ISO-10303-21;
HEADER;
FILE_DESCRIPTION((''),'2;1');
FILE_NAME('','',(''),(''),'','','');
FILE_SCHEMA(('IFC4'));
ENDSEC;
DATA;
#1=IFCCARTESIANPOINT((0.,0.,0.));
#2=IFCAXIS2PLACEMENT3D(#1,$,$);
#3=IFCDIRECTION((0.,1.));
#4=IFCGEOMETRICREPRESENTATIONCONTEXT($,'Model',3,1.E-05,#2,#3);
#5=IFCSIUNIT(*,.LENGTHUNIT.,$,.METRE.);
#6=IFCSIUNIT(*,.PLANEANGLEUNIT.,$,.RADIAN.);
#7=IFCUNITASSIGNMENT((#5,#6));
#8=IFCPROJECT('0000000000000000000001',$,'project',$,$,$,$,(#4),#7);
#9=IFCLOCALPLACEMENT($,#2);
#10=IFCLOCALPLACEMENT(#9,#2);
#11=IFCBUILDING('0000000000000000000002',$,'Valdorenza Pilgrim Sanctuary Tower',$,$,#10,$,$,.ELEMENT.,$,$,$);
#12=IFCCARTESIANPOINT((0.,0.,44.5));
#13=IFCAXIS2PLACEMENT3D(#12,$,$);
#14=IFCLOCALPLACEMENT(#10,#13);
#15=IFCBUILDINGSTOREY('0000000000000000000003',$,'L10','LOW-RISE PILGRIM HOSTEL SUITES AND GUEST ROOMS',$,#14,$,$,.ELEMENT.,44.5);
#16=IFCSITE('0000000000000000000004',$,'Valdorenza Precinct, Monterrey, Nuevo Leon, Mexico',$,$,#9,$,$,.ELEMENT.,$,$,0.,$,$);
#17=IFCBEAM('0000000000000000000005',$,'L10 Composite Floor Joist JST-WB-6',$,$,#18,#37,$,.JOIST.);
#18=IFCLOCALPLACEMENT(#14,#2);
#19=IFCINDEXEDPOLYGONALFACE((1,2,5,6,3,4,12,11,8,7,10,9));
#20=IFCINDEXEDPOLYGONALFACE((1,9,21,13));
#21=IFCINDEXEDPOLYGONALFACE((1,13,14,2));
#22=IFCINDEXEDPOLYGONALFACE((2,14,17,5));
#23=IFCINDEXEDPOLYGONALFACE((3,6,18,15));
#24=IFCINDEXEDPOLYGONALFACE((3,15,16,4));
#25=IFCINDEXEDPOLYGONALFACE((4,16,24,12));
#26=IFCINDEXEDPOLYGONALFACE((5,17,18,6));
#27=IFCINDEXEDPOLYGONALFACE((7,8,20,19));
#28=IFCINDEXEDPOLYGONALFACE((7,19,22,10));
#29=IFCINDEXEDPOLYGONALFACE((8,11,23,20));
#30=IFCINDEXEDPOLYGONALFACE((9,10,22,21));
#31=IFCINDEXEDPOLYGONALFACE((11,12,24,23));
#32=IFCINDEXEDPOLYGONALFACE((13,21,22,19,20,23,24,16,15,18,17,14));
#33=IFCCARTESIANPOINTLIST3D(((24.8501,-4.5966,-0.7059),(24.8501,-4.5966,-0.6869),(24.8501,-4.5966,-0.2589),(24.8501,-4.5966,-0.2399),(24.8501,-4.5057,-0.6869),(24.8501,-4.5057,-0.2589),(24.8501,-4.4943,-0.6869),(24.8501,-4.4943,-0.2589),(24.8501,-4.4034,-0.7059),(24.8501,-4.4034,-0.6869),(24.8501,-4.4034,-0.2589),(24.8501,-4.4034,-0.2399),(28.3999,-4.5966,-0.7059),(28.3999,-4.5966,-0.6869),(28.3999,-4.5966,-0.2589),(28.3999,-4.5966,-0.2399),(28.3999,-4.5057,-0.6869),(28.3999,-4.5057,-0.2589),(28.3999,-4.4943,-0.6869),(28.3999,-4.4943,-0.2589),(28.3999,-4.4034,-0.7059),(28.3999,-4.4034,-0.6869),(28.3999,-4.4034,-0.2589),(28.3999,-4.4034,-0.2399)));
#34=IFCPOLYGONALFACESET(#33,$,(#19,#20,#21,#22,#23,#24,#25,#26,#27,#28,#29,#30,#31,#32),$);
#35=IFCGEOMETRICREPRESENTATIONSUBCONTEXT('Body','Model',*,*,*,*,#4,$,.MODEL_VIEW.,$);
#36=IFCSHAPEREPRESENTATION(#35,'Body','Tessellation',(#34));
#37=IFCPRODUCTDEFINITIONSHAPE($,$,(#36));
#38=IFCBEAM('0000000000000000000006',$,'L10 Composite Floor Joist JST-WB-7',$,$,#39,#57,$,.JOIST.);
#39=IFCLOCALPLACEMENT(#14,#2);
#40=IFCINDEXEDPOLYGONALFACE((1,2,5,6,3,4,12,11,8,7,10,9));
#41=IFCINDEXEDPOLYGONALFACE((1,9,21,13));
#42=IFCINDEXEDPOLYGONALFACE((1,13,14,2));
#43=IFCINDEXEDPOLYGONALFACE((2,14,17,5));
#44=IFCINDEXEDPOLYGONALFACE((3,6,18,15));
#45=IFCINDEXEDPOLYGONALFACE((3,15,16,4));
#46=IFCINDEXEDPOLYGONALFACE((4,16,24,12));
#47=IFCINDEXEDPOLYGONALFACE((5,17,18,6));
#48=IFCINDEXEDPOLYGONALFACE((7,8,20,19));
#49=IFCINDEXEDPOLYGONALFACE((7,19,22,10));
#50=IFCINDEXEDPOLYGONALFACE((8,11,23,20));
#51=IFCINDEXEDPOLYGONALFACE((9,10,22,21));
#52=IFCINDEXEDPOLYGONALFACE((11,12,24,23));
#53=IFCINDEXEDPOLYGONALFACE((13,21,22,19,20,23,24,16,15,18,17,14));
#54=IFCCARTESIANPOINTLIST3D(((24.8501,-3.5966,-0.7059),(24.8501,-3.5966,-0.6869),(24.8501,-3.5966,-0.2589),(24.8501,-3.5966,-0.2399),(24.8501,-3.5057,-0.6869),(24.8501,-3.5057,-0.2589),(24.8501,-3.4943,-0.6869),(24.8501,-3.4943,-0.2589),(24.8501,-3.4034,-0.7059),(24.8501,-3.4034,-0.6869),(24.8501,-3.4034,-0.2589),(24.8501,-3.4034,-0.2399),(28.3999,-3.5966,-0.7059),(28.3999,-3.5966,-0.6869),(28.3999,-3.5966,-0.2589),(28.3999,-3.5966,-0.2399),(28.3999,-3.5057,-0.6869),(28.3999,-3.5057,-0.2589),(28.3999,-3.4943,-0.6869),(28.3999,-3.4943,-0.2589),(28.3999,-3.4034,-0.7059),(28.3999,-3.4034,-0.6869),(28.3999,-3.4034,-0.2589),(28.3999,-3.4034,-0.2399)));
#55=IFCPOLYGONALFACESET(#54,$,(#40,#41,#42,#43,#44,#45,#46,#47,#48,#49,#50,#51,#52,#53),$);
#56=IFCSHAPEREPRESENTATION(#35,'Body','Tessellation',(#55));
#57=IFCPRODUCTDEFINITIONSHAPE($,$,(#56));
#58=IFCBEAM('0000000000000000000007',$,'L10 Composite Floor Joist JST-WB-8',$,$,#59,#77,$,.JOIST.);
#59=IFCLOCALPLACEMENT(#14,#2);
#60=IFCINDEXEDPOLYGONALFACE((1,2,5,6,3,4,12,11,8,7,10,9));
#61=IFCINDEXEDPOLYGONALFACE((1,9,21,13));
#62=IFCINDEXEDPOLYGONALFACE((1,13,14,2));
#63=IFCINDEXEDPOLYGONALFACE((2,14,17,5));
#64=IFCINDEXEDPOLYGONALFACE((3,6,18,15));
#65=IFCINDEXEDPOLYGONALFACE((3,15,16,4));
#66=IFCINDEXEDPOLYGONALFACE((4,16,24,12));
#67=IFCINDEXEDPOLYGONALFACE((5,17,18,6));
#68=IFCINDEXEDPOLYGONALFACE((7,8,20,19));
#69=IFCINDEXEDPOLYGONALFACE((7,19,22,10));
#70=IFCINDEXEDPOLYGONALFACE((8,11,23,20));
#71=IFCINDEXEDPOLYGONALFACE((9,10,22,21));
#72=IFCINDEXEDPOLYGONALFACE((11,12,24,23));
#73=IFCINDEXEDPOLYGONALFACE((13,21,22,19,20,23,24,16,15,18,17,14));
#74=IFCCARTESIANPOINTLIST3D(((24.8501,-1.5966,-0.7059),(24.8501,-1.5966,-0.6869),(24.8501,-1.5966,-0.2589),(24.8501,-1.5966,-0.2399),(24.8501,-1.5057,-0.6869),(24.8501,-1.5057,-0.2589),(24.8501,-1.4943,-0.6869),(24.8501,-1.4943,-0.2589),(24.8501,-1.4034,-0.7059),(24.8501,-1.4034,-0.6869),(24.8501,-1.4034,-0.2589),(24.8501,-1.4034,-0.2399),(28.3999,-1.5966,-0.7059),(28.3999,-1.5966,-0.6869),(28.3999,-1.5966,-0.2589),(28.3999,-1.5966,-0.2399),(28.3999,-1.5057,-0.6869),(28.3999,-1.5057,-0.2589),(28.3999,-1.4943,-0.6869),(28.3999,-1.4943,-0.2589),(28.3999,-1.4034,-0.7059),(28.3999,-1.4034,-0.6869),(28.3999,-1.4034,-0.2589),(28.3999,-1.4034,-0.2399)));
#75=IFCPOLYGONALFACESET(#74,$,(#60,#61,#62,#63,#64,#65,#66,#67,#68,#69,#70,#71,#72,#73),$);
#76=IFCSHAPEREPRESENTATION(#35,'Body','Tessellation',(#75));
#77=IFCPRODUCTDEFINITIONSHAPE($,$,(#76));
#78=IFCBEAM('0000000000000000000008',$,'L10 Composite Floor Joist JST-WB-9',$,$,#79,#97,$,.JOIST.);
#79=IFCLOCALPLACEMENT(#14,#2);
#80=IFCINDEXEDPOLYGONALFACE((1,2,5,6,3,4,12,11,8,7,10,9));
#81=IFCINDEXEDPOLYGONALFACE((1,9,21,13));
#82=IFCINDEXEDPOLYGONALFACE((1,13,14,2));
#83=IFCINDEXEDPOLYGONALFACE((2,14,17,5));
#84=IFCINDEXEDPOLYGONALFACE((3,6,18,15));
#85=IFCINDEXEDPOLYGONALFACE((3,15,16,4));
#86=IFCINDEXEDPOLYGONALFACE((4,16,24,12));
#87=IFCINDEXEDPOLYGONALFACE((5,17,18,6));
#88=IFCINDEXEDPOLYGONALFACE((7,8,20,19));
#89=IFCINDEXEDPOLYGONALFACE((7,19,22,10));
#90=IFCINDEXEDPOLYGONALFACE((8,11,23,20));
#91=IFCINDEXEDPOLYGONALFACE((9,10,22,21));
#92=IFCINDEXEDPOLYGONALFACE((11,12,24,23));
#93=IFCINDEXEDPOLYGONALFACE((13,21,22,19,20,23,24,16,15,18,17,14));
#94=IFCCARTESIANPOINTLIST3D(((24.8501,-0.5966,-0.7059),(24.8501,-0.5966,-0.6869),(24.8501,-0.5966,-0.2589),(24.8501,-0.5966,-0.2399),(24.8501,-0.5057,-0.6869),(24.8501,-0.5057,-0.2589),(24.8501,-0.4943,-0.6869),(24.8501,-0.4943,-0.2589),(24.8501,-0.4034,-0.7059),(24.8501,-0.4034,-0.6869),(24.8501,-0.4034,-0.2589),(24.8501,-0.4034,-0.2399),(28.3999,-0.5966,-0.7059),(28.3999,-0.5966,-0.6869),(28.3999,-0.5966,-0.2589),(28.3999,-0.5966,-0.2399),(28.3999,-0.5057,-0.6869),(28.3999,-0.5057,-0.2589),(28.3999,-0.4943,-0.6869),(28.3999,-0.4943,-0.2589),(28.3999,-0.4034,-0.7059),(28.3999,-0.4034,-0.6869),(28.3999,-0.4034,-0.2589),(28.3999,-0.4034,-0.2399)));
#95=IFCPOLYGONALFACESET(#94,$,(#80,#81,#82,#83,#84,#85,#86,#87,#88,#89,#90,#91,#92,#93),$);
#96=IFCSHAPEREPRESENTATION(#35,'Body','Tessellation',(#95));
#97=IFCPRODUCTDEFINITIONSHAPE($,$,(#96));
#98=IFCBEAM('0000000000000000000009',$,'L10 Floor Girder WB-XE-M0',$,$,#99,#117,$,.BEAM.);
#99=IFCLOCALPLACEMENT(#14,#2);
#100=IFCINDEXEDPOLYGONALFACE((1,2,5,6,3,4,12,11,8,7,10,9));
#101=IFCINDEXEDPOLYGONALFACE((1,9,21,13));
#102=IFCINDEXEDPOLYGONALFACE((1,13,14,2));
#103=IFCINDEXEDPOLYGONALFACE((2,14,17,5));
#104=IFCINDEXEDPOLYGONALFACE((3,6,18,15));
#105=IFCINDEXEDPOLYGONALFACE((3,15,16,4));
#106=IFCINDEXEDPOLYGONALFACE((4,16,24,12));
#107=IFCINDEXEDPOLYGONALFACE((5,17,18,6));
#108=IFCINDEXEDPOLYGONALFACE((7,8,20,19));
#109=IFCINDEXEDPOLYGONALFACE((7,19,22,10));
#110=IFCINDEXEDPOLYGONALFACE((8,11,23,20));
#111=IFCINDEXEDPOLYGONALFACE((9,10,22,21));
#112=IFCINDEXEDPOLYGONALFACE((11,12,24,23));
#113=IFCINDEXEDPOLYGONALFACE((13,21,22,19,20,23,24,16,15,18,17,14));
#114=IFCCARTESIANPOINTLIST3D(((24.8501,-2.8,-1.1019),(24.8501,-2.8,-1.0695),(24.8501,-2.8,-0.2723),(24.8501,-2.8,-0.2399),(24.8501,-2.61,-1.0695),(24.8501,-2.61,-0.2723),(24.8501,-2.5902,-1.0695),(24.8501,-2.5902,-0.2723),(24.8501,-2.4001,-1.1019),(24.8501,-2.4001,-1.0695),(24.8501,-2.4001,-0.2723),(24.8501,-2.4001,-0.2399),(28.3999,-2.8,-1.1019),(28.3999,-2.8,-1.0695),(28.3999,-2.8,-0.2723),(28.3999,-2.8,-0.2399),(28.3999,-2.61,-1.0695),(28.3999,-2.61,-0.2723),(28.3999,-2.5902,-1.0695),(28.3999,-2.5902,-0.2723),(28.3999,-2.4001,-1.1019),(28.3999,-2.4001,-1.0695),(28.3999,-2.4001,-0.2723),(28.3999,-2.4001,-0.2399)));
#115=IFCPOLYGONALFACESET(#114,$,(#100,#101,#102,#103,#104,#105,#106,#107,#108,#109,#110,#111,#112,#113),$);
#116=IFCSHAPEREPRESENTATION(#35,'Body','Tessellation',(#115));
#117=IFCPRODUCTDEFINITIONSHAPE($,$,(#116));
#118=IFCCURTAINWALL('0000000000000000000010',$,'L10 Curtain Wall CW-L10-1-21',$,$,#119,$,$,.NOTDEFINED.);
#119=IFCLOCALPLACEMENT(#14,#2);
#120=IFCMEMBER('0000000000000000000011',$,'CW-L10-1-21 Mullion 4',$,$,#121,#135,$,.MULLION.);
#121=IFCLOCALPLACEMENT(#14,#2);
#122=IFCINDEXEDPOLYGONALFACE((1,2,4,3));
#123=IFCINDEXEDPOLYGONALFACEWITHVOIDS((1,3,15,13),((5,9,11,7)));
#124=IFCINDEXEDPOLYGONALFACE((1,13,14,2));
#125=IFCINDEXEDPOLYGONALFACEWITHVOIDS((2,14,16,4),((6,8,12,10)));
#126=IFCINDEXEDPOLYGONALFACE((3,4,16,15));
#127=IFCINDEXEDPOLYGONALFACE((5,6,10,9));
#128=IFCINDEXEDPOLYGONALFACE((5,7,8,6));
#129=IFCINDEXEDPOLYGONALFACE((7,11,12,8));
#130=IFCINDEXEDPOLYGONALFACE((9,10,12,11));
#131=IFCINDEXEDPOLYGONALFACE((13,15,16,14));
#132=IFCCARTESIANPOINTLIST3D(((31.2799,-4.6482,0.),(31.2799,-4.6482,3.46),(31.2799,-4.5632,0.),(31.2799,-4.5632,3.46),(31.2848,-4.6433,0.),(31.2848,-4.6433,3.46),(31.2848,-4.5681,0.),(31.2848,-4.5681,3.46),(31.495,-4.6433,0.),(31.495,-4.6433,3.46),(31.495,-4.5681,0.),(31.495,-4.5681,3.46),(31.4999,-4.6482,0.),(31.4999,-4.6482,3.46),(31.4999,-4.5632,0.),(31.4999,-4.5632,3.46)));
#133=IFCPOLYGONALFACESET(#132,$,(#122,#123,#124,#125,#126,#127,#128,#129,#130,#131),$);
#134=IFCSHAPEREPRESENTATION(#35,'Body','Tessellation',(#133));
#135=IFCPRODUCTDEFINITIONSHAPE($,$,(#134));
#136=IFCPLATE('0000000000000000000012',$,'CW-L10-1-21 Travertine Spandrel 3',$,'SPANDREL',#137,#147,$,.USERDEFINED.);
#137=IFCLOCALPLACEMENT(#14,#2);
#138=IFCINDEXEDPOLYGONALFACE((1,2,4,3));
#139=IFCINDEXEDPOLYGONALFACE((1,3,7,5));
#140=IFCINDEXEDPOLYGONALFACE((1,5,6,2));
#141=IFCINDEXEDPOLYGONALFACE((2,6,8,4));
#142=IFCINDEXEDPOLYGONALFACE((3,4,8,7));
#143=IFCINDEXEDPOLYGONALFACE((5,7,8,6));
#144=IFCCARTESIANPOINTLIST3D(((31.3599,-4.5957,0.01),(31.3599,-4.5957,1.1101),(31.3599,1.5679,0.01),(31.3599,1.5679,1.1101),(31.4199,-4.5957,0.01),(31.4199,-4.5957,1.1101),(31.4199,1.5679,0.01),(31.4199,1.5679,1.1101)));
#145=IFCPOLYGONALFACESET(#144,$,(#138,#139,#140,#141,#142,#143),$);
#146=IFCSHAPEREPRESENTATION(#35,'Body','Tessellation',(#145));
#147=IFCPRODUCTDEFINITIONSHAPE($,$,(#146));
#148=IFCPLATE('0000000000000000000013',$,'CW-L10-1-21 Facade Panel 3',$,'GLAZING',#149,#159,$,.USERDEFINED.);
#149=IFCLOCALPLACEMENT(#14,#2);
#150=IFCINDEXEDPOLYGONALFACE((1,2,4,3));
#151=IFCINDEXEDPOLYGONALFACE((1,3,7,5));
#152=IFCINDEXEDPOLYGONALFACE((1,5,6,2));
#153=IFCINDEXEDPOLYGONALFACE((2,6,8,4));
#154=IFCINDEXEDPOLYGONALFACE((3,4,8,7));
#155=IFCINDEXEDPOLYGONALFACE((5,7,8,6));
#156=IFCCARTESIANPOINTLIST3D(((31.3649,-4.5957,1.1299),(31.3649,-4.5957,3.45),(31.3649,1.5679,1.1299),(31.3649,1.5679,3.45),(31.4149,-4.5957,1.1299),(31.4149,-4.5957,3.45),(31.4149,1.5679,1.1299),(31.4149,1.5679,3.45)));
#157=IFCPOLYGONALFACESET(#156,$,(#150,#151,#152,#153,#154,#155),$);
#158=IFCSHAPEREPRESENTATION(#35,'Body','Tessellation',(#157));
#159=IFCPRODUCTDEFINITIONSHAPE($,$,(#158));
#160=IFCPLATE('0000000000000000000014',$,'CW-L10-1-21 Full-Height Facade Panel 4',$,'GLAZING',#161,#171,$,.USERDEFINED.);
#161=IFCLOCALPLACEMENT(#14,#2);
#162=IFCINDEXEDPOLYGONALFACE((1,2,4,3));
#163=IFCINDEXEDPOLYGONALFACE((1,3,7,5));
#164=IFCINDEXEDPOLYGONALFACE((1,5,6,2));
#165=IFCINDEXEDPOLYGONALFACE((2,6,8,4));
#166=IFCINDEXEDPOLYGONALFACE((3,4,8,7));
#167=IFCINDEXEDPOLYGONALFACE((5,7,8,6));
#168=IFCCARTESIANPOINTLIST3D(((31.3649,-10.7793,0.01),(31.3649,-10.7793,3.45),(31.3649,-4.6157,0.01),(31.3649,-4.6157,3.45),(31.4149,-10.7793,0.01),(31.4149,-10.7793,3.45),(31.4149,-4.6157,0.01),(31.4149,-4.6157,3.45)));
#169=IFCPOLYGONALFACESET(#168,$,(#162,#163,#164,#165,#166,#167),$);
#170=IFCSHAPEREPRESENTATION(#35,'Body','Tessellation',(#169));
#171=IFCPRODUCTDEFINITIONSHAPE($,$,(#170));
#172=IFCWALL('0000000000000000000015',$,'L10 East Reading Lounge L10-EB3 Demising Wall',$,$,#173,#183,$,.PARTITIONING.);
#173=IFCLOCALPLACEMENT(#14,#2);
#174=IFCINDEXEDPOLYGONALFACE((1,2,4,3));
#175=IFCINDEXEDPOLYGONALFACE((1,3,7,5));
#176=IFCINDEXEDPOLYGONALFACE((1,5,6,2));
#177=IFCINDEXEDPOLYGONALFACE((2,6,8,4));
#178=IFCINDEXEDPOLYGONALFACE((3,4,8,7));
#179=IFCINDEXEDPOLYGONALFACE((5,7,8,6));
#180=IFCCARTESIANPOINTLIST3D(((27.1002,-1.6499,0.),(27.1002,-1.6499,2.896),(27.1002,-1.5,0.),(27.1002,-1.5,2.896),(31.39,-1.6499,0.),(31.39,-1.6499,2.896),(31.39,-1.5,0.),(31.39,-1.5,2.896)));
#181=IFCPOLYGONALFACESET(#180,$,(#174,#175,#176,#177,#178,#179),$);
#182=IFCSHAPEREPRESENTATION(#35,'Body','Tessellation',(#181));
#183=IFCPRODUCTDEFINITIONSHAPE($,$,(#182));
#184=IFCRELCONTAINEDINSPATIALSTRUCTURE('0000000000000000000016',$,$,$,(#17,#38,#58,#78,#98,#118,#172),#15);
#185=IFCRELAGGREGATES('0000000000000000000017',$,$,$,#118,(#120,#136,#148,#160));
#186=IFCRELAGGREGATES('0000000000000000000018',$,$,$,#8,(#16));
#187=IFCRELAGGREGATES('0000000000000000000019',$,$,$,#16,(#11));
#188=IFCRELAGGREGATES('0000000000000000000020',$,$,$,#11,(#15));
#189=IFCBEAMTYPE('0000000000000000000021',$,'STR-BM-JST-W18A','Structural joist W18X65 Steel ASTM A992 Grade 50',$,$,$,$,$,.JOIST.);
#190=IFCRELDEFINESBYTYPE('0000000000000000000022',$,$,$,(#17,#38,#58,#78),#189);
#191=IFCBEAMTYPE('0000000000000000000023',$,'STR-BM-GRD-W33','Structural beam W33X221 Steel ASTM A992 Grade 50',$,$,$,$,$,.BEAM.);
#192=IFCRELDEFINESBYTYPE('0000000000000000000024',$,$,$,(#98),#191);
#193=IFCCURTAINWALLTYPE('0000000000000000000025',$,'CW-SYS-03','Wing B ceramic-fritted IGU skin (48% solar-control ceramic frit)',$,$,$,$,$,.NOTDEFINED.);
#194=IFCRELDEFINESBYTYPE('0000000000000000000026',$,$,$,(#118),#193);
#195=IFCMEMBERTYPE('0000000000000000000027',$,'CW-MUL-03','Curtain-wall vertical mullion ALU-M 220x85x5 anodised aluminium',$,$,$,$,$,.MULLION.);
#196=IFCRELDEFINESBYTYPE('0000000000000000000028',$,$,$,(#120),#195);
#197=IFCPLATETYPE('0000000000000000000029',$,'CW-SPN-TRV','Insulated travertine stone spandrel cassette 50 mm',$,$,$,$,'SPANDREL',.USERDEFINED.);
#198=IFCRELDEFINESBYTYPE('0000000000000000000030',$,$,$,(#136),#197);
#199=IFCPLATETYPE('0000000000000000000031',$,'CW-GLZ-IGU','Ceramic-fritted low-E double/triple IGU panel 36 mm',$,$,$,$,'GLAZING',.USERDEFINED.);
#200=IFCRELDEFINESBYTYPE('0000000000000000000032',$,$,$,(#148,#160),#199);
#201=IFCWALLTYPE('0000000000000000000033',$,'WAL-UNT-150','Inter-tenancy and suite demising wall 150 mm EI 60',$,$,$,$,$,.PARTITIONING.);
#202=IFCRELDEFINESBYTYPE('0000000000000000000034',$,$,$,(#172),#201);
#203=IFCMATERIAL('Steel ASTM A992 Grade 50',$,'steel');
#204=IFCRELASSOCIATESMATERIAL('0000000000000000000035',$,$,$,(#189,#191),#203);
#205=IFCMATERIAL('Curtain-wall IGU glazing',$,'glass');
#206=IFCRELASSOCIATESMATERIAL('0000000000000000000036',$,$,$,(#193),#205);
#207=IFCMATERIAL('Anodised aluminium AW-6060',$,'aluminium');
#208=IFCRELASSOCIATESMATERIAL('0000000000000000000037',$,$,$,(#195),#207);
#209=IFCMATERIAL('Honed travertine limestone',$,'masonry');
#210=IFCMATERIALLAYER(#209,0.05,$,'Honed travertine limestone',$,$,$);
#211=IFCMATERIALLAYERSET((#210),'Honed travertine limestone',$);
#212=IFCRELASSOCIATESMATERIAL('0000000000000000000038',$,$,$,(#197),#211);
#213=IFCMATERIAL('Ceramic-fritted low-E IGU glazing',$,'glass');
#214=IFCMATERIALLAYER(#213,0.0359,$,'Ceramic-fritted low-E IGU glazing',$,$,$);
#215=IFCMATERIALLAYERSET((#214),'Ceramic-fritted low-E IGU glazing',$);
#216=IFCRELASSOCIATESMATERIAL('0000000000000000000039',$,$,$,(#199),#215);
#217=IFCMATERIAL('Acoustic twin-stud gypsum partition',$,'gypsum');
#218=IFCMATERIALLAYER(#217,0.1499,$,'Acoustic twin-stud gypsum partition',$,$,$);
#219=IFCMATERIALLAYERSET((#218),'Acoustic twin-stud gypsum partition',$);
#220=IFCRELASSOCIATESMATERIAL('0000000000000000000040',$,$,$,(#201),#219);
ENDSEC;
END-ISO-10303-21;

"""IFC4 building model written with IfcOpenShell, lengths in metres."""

from ifc_helpers import new_model, si_unit, direction, frame, frame_2d, origin, origin_2d, place, context, subcontext, project, spatial, rectangle, hollow_rectangle, i_section, extrude, source, transform, mapped, material, layer, layer_set, material_profile, profile_set, type_object, element, aggregate, save


model = new_model("IFC4")

# Units and contexts
model_context = context("Model", 3, precision=1e-05, world=origin(), true_north=direction((0.0, 1.0)))
body_context = subcontext(model_context, "Body", "Model", "MODEL_VIEW")
ifc_project = project(units=[si_unit("LENGTHUNIT", "METRE"), si_unit("PLANEANGLEUNIT", "RADIAN")], contexts=[model_context])

# Site, building, storey
site_placement = place(None, origin())
site = spatial("IfcSite", under=ifc_project, at=site_placement, Name="Valdorenza Precinct, Monterrey, Nuevo Leon, Mexico", CompositionType="ELEMENT", RefElevation=0.0)
building_placement = place(site_placement, origin())
building = spatial("IfcBuilding", under=site, at=building_placement, Name="Valdorenza Pilgrim Sanctuary Tower", CompositionType="ELEMENT")
storey_placement = place(building_placement, frame((0.0, 0.0, 44.5)))
storey = spatial("IfcBuildingStorey", under=building, at=storey_placement, Name="L10", Description="LOW-RISE PILGRIM HOSTEL SUITES AND GUEST ROOMS", CompositionType="ELEMENT", Elevation=44.5)

# Beams
ifc_material_1 = material(Name="Steel ASTM A992 Grade 50", Category="steel")
ifc_material_profile_1 = material_profile(ifc_material_1, i_section(OverallWidth=0.1931, OverallDepth=0.4661, WebThickness=0.0115, FlangeThickness=0.019, at=origin_2d()), Name="W18X65")
ifc_profile_set_1 = profile_set([ifc_material_profile_1], Name="Steel ASTM A992 Grade 50")
beam_type_1 = type_object("IfcBeamType", Name="STR-BM-JST-W18A", Description="Structural joist W18X65 Steel ASTM A992 Grade 50", PredefinedType="JOIST", material=ifc_profile_set_1)
shared_shape_1 = source(origin(), body_context, "Body", "SweptSolid", [
    extrude(i_section(OverallWidth=0.1931, OverallDepth=0.4661, WebThickness=0.0115, FlangeThickness=0.019, at=origin_2d()), origin(), (0.0, 0.0, 1.0), 3.5498),
])
for number, where, z_axis, x_axis, name in (
    (1, (24.8501, -4.5, -0.4729), (1.0, 0.0, 0.0), (0.0, 1.0, 0.0), "L10 Composite Floor Joist JST-WB-6"),
    (2, (24.8501, -3.5, -0.4729), (1.0, 0.0, 0.0), (0.0, 1.0, 0.0), "L10 Composite Floor Joist JST-WB-7"),
    (3, (24.8501, -1.5, -0.4729), (1.0, 0.0, 0.0), (0.0, 1.0, 0.0), "L10 Composite Floor Joist JST-WB-8"),
    (4, (24.8501, -0.5, -0.4729), (1.0, 0.0, 0.0), (0.0, 1.0, 0.0), "L10 Composite Floor Joist JST-WB-9"),
):
    element("IfcBeam", number, at=place(storey_placement, frame(where, z_axis=z_axis, x_axis=x_axis)), inside=storey, type_object=beam_type_1, Name=name, PredefinedType="JOIST", context=body_context, shape_type="MappedRepresentation", body=[
        mapped(shared_shape_1, transform((0.0, 0.0, 0.0), x_axis=(1.0, 0.0, 0.0), y_axis=(0.0, 1.0, 0.0), z_axis=(0.0, 0.0, 1.0), scale=1.0)),
    ])
ifc_material_profile_2 = material_profile(ifc_material_1, i_section(OverallWidth=0.3999, OverallDepth=0.8621, WebThickness=0.0198, FlangeThickness=0.0325, at=origin_2d()), Name="W33X221")
ifc_profile_set_2 = profile_set([ifc_material_profile_2], Name="Steel ASTM A992 Grade 50")
beam_type_2 = type_object("IfcBeamType", Name="STR-BM-GRD-W33", Description="Structural beam W33X221 Steel ASTM A992 Grade 50", PredefinedType="BEAM", material=ifc_profile_set_2)
shared_shape_2 = source(origin(), body_context, "Body", "SweptSolid", [
    extrude(i_section(OverallWidth=0.3999, OverallDepth=0.8621, WebThickness=0.0198, FlangeThickness=0.0325, at=origin_2d()), origin(), (0.0, 0.0, 1.0), 3.5498),
])
beam_1_placement = place(storey_placement, frame((24.8501, -2.6001, -0.6709), z_axis=(1.0, 0.0, 0.0), x_axis=(0.0, 1.0, 0.0)))
element("IfcBeam", 5, at=beam_1_placement, inside=storey, type_object=beam_type_2, Name="L10 Floor Girder WB-XE-M0", PredefinedType="BEAM", context=body_context, shape_type="MappedRepresentation", body=[
    mapped(shared_shape_2, transform((0.0, 0.0, 0.0), x_axis=(1.0, 0.0, 0.0), y_axis=(0.0, 1.0, 0.0), z_axis=(0.0, 0.0, 1.0), scale=1.0)),
])

# Curtain wall, member, plates
ifc_material_2 = material(Name="Curtain-wall IGU glazing", Category="glass")
curtain_wall_type = type_object("IfcCurtainWallType", Name="CW-SYS-03", Description="Wing B ceramic-fritted IGU skin (48% solar-control ceramic frit)", PredefinedType="NOTDEFINED", material=ifc_material_2)
curtain_wall_placement = place(storey_placement, origin())
curtain_wall = element("IfcCurtainWall", 6, at=curtain_wall_placement, inside=storey, type_object=curtain_wall_type, Name="L10 Curtain Wall CW-L10-1-21", PredefinedType="NOTDEFINED")
ifc_material_3 = material(Name="Anodised aluminium AW-6060", Category="aluminium")
ifc_material_profile_3 = material_profile(ifc_material_3, hollow_rectangle(XDim=0.085, YDim=0.22, WallThickness=0.0049, at=origin_2d()), Name="ALU-M 220x85x5")
ifc_profile_set_3 = profile_set([ifc_material_profile_3], Name="Anodised aluminium AW-6060")
member_type = type_object("IfcMemberType", Name="CW-MUL-03", Description="Curtain-wall vertical mullion ALU-M 220x85x5 anodised aluminium", PredefinedType="MULLION", material=ifc_profile_set_3)
shared_shape_3 = source(origin(), body_context, "Body", "SweptSolid", [
    extrude(hollow_rectangle(XDim=0.085, YDim=0.22, WallThickness=0.0049, at=origin_2d()), origin(), (0.0, 0.0, 1.0), 3.46),
])
member_placement = place(storey_placement, frame((31.3899, -4.6057, 0.0), z_axis=(0.0, 0.0, 1.0), x_axis=(0.0, -1.0, 0.0)))
member = element("IfcMember", 7, at=member_placement, type_object=member_type, Name="CW-L10-1-21 Mullion 4", PredefinedType="MULLION", context=body_context, shape_type="MappedRepresentation", body=[
    mapped(shared_shape_3, transform((0.0, 0.0, 0.0), x_axis=(1.0, 0.0, 0.0), y_axis=(0.0, 1.0, 0.0), z_axis=(0.0, 0.0, 1.0), scale=1.0)),
])
ifc_material_4 = material(Name="Honed travertine limestone", Category="masonry")
ifc_layer_1 = layer(ifc_material_4, 0.05, Name="Honed travertine limestone")
ifc_layer_set_1 = layer_set([ifc_layer_1], Name="Honed travertine limestone")
plate_type_1 = type_object("IfcPlateType", Name="CW-SPN-TRV", Description="Insulated travertine stone spandrel cassette 50 mm", ElementType="SPANDREL", PredefinedType="USERDEFINED", material=ifc_layer_set_1)
shared_shape_4 = source(origin(), body_context, "Body", "SweptSolid", [
    extrude(rectangle(XDim=6.1636, YDim=0.0601, at=origin_2d()), origin(), (0.0, 0.0, 1.0), 1.1001),
])
plate_1_placement = place(storey_placement, frame((31.3899, -1.5139, 0.01), z_axis=(0.0, 0.0, 1.0), x_axis=(0.0, -1.0, 0.0)))
plate_1 = element("IfcPlate", 8, at=plate_1_placement, type_object=plate_type_1, Name="CW-L10-1-21 Travertine Spandrel 3", ObjectType="SPANDREL", PredefinedType="USERDEFINED", context=body_context, shape_type="MappedRepresentation", body=[
    mapped(shared_shape_4, transform((0.0, 0.0, 0.0), x_axis=(1.0, 0.0, 0.0), y_axis=(0.0, 1.0, 0.0), z_axis=(0.0, 0.0, 1.0), scale=1.0)),
])
ifc_material_5 = material(Name="Ceramic-fritted low-E IGU glazing", Category="glass")
ifc_layer_2 = layer(ifc_material_5, 0.0359, Name="Ceramic-fritted low-E IGU glazing")
ifc_layer_set_2 = layer_set([ifc_layer_2], Name="Ceramic-fritted low-E IGU glazing")
plate_type_2 = type_object("IfcPlateType", Name="CW-GLZ-IGU", Description="Ceramic-fritted low-E double/triple IGU panel 36 mm", ElementType="GLAZING", PredefinedType="USERDEFINED", material=ifc_layer_set_2)
shared_shape_5 = source(origin(), body_context, "Body", "SweptSolid", [
    extrude(rectangle(XDim=6.1636, YDim=0.05, at=origin_2d()), origin(), (0.0, 0.0, 1.0), 2.3201),
])
plate_2_placement = place(storey_placement, frame((31.3899, -1.5139, 1.1299), z_axis=(0.0, 0.0, 1.0), x_axis=(0.0, -1.0, 0.0)))
plate_2 = element("IfcPlate", 9, at=plate_2_placement, type_object=plate_type_2, Name="CW-L10-1-21 Facade Panel 3", ObjectType="GLAZING", PredefinedType="USERDEFINED", context=body_context, shape_type="MappedRepresentation", body=[
    mapped(shared_shape_5, transform((0.0, 0.0, 0.0), x_axis=(1.0, 0.0, 0.0), y_axis=(0.0, 1.0, 0.0), z_axis=(0.0, 0.0, 1.0), scale=1.0)),
])
shared_shape_6 = source(origin(), body_context, "Body", "SweptSolid", [
    extrude(rectangle(XDim=6.1636, YDim=0.05, at=origin_2d()), origin(), (0.0, 0.0, 1.0), 3.4399),
])
plate_3_placement = place(storey_placement, frame((31.3899, -7.6975, 0.01), z_axis=(0.0, 0.0, 1.0), x_axis=(0.0, -1.0, 0.0)))
plate_3 = element("IfcPlate", 10, at=plate_3_placement, type_object=plate_type_2, Name="CW-L10-1-21 Full-Height Facade Panel 4", ObjectType="GLAZING", PredefinedType="USERDEFINED", context=body_context, shape_type="MappedRepresentation", body=[
    mapped(shared_shape_6, transform((0.0, 0.0, 0.0), x_axis=(1.0, 0.0, 0.0), y_axis=(0.0, 1.0, 0.0), z_axis=(0.0, 0.0, 1.0), scale=1.0)),
])
aggregate(curtain_wall, [member, plate_1, plate_2, plate_3])

# Wall
ifc_material_6 = material(Name="Acoustic twin-stud gypsum partition", Category="gypsum")
ifc_layer_3 = layer(ifc_material_6, 0.1499, Name="Acoustic twin-stud gypsum partition")
ifc_layer_set_3 = layer_set([ifc_layer_3], Name="Acoustic twin-stud gypsum partition")
wall_type = type_object("IfcWallType", Name="WAL-UNT-150", Description="Inter-tenancy and suite demising wall 150 mm EI 60", PredefinedType="PARTITIONING", material=ifc_layer_set_3)
wall_placement = place(storey_placement, frame((27.1001, -1.575, 0.0), z_axis=(0.0, 0.0, 1.0), x_axis=(1.0, 0.0, 0.0)))
element("IfcWall", 11, at=wall_placement, inside=storey, type_object=wall_type, Name="L10 East Reading Lounge L10-EB3 Demising Wall", PredefinedType="PARTITIONING", context=body_context, shape_type="SweptSolid", body=[
    extrude(rectangle(XDim=4.2898, YDim=0.1499, at=frame_2d((2.145, 0.0))), origin(), (0.0, 0.0, 1.0), 2.896),
])

save(model, "model.ifc")
